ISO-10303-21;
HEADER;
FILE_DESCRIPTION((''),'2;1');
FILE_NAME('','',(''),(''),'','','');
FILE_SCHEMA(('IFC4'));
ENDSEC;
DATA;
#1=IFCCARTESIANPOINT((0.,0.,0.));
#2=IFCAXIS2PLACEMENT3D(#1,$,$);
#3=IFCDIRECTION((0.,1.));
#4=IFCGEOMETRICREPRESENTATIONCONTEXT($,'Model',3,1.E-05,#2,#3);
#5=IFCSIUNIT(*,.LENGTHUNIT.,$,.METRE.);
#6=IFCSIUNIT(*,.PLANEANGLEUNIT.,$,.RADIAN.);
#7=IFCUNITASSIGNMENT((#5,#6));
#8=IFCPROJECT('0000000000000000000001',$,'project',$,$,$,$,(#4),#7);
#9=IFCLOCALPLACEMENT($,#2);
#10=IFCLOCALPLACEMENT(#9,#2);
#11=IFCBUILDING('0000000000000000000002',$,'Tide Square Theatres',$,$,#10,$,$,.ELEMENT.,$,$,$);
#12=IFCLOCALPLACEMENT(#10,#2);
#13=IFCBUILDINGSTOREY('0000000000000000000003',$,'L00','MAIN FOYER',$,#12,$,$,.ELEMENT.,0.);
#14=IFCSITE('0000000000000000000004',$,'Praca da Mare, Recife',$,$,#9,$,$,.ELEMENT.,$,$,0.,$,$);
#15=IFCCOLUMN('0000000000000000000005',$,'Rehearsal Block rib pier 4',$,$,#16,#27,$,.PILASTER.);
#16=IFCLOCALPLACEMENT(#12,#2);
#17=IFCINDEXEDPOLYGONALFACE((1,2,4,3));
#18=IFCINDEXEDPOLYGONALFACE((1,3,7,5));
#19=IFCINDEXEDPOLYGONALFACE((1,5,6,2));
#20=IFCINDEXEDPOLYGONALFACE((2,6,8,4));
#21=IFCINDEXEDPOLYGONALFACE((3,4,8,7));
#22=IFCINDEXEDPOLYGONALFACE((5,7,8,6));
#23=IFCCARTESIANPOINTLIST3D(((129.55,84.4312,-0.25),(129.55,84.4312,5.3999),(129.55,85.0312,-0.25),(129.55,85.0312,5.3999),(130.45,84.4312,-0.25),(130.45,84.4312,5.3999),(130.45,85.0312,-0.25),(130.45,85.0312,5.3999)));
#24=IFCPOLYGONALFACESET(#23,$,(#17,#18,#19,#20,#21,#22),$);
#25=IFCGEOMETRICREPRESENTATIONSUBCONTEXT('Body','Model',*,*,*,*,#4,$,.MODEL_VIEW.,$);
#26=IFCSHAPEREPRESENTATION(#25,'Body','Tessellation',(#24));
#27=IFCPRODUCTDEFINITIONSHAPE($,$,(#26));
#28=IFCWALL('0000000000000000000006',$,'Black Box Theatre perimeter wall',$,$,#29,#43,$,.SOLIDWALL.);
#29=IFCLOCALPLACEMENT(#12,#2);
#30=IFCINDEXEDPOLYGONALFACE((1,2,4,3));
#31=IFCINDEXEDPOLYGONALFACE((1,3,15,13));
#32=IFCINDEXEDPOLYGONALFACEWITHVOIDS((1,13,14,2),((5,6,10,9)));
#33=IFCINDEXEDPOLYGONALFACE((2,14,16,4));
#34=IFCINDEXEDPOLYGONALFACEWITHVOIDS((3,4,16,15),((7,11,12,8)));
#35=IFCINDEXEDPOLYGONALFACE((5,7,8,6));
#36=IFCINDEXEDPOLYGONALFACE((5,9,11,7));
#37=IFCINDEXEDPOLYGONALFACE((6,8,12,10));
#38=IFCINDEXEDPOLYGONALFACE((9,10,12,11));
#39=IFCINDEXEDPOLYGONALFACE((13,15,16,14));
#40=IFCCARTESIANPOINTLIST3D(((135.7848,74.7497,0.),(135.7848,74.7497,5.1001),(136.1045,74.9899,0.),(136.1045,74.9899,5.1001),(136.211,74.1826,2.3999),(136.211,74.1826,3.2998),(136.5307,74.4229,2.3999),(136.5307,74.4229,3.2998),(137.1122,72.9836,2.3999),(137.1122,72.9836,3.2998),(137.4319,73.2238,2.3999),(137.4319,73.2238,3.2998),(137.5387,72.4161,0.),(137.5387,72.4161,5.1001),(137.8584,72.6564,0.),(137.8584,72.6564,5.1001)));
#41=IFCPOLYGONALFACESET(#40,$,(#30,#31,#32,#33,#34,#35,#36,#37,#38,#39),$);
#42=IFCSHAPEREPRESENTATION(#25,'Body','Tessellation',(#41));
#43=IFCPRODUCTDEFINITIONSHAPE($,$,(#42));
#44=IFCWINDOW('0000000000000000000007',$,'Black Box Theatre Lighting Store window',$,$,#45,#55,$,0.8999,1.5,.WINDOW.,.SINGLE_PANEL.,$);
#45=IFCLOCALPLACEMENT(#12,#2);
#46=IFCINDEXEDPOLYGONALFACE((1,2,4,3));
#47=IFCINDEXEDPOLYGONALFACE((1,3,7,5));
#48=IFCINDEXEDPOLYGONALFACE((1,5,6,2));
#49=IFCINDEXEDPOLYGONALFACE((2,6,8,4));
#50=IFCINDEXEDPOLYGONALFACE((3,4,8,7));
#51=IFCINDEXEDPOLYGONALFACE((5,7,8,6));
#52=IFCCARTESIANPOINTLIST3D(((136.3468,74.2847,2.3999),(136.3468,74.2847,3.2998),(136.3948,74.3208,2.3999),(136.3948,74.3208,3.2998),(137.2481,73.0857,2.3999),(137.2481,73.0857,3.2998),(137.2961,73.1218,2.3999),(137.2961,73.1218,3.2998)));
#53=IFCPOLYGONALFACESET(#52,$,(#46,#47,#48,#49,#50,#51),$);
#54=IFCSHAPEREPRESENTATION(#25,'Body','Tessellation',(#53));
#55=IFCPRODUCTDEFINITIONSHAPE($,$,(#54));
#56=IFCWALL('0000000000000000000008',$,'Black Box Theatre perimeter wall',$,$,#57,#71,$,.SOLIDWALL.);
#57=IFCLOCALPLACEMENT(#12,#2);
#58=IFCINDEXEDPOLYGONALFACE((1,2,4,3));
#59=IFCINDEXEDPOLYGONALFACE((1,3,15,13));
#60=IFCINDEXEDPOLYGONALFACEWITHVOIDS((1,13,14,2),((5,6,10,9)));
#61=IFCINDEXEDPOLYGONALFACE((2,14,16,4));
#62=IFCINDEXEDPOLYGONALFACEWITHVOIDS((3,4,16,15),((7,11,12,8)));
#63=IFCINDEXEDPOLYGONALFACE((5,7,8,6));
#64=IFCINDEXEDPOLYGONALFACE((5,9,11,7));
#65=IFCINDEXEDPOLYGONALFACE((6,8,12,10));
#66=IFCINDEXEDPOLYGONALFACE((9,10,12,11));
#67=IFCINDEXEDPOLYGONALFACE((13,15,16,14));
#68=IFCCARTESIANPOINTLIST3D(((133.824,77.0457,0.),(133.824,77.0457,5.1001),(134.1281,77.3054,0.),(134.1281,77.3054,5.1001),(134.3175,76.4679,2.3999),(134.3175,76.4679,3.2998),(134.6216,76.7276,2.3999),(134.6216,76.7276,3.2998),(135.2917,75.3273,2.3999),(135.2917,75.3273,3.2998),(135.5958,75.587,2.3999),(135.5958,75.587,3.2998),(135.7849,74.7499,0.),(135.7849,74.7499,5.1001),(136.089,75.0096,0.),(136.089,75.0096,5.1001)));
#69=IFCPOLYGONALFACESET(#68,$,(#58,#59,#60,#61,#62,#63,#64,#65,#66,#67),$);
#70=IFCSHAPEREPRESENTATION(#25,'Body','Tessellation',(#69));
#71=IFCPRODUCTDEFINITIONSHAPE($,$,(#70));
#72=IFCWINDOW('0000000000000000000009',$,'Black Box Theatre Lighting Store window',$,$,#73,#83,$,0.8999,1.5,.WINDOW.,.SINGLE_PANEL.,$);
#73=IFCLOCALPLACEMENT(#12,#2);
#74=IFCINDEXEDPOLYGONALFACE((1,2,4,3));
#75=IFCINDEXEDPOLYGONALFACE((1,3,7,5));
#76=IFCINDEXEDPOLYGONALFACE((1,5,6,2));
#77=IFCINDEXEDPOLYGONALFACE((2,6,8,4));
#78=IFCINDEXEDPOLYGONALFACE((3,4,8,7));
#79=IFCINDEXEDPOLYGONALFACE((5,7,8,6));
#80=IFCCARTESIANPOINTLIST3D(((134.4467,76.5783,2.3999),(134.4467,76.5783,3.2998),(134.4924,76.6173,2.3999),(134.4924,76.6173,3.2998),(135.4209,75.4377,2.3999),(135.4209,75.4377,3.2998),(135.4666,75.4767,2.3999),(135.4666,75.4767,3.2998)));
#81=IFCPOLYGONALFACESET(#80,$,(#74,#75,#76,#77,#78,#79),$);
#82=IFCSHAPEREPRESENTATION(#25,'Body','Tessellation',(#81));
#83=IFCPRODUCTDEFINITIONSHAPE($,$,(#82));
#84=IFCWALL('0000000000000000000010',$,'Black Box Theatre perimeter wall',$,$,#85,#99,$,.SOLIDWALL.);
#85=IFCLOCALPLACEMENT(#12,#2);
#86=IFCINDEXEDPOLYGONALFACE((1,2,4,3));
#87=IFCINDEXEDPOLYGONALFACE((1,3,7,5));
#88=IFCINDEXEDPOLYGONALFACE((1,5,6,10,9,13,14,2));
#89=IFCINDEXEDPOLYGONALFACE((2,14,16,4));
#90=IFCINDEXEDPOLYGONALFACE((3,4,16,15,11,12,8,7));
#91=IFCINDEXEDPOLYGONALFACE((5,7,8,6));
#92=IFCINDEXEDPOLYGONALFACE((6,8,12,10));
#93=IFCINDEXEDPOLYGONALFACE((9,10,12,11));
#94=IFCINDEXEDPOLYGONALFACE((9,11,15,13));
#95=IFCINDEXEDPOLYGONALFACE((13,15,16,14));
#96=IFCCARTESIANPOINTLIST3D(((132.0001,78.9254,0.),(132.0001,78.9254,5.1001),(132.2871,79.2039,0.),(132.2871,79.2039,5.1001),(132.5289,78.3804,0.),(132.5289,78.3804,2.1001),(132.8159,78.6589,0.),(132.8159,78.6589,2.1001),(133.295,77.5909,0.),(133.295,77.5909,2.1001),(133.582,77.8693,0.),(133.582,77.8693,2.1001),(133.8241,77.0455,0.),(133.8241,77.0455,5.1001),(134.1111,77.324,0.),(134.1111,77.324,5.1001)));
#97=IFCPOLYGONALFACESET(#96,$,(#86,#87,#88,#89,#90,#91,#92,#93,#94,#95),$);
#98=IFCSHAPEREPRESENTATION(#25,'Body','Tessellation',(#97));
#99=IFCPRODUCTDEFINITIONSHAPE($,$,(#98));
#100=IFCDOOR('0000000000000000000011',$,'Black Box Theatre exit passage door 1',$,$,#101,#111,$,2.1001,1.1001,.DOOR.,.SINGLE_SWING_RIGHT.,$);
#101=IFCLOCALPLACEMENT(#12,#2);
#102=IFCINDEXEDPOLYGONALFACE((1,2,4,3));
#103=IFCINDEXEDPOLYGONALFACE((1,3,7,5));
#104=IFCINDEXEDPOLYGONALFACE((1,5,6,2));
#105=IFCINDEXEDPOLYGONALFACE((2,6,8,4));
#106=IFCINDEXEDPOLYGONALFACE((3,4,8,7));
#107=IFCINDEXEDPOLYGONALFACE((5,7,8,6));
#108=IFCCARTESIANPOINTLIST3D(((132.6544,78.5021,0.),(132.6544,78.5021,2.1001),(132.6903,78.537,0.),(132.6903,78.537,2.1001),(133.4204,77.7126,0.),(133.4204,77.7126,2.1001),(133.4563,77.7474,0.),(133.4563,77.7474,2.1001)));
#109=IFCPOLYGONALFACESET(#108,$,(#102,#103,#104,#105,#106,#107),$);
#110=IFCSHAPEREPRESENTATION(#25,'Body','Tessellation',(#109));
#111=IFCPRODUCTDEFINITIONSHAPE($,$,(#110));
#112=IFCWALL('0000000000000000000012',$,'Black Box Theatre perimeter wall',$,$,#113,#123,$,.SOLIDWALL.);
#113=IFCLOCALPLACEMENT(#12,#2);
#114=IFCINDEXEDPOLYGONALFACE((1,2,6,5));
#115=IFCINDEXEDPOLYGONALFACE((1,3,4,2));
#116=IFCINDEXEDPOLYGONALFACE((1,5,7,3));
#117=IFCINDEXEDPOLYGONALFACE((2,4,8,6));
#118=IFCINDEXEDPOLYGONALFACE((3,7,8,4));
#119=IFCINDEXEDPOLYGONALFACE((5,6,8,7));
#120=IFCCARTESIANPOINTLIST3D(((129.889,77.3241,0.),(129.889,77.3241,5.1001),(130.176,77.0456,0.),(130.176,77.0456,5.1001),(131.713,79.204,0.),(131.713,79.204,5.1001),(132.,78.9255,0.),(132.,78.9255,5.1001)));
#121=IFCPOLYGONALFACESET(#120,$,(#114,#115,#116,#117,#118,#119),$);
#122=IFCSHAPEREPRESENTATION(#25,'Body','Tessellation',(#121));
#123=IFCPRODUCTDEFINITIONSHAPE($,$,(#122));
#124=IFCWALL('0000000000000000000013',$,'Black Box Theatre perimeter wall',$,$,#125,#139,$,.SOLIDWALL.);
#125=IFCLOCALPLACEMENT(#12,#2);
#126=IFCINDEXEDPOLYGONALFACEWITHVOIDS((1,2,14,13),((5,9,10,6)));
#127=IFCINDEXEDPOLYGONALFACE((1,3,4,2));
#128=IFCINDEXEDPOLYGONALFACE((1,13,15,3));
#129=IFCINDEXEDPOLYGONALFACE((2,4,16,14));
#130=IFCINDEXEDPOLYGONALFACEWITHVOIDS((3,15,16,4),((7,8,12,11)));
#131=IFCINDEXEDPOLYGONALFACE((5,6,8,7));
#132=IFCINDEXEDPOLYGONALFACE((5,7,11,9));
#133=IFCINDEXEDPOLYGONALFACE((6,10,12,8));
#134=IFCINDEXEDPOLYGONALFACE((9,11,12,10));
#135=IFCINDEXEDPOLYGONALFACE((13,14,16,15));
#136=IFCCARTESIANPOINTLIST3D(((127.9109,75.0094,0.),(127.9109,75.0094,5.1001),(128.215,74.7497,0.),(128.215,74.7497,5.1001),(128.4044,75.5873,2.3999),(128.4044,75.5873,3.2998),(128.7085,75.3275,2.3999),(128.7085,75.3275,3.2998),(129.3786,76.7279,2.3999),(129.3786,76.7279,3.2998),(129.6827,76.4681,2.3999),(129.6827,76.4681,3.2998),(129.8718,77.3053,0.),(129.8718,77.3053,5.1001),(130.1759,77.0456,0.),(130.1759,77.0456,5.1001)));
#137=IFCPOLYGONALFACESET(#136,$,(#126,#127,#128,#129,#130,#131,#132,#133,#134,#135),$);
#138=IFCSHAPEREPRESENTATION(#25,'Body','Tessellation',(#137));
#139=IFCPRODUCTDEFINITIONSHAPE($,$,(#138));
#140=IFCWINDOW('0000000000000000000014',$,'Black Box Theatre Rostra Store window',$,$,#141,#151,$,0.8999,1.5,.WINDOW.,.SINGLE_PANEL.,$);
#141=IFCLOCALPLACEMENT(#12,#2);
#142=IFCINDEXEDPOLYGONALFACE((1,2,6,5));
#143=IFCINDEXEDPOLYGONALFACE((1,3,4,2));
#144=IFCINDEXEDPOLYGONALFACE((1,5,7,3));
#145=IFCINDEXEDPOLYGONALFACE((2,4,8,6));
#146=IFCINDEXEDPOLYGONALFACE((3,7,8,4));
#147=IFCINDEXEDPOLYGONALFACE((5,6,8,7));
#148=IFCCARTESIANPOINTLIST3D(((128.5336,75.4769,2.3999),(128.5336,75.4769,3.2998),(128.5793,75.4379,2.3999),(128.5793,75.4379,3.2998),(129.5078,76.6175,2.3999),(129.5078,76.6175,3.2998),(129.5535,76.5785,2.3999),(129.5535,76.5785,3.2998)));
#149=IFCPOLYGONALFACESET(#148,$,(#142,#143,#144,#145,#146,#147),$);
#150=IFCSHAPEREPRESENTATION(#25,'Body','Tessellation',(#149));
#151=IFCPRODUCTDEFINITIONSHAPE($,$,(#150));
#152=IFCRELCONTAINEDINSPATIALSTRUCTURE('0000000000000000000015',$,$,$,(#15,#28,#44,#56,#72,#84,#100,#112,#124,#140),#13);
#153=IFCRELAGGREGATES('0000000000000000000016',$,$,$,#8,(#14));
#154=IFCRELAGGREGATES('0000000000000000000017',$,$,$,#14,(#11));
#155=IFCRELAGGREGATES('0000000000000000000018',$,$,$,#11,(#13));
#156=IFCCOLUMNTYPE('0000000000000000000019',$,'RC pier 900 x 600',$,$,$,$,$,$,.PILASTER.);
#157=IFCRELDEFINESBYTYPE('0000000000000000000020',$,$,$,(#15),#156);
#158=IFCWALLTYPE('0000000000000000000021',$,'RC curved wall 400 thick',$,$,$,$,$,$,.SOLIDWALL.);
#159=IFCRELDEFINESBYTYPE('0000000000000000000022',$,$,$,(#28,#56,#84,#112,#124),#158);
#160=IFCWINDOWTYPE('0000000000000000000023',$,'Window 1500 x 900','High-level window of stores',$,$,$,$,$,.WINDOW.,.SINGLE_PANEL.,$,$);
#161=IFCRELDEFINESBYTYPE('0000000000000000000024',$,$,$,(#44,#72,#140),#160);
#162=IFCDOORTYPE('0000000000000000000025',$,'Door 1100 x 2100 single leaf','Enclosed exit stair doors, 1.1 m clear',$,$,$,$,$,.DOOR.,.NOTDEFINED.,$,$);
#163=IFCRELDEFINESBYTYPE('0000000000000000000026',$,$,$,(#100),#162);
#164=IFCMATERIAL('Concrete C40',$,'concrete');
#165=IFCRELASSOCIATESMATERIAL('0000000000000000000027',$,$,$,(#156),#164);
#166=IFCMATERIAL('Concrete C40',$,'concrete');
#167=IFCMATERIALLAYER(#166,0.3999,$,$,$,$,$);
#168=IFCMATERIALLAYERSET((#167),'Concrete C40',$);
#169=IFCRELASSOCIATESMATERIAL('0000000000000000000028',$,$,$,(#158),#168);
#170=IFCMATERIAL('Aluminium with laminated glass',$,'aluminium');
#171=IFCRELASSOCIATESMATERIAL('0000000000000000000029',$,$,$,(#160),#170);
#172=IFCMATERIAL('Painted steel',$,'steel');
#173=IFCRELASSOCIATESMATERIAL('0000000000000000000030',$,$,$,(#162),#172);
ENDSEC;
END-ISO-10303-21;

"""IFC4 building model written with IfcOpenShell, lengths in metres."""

from ifc_helpers import new_model, si_unit, direction, frame, frame_2d, origin, origin_2d, place, context, subcontext, project, spatial, rectangle, extrude, material, layer, layer_set, material_profile, profile_set, type_object, element, fill, save


model = new_model("IFC4")

# Units and contexts
model_context = context("Model", 3, precision=1e-05, world=origin(), true_north=direction((0.0, 1.0)))
body_context = subcontext(model_context, "Body", "Model", "MODEL_VIEW")
ifc_project = project(units=[si_unit("LENGTHUNIT", "METRE"), si_unit("PLANEANGLEUNIT", "RADIAN")], contexts=[model_context])

# Site, building, storey
site_placement = place(None, origin())
site = spatial("IfcSite", under=ifc_project, at=site_placement, Name="Praca da Mare, Recife", CompositionType="ELEMENT", RefElevation=0.0)
building_placement = place(site_placement, origin())
building = spatial("IfcBuilding", under=site, at=building_placement, Name="Tide Square Theatres", CompositionType="ELEMENT")
storey_placement = place(building_placement, origin())
storey = spatial("IfcBuildingStorey", under=building, at=storey_placement, Name="L00", Description="MAIN FOYER", CompositionType="ELEMENT", Elevation=0.0)

# Column
ifc_material_1 = material(Name="Concrete C40", Category="concrete")
ifc_material_profile_1 = material_profile(ifc_material_1, rectangle(XDim=0.8999, YDim=0.6001, at=origin_2d()))
ifc_profile_set_1 = profile_set([ifc_material_profile_1], Name="Concrete C40")
column_type_1 = type_object("IfcColumnType", Name="RC pier 900 x 600", PredefinedType="PILASTER", material=ifc_profile_set_1)
column_1_placement = place(storey_placement, frame((130.0, 84.7312, -0.25), z_axis=(0.0, 0.0, 1.0), x_axis=(1.0, 0.0, 0.0)))
element("IfcColumn", 1, at=column_1_placement, inside=storey, type_object=column_type_1, Name="Rehearsal Block rib pier 4", PredefinedType="PILASTER", context=body_context, shape_type="SweptSolid", body=[
    extrude(rectangle(XDim=0.8999, YDim=0.6001, at=origin_2d()), origin(), (0.0, 0.0, 1.0), 5.6499),
])

# Walls, openings, windows
ifc_material_2 = material(Name="Concrete C40", Category="concrete")
ifc_layer = layer(ifc_material_2, 0.3999)
ifc_layer_set = layer_set([ifc_layer], Name="Concrete C40")
wall_type = type_object("IfcWallType", Name="RC curved wall 400 thick", PredefinedType="SOLIDWALL", material=ifc_layer_set)
wall_1_placement = place(storey_placement, frame((137.6985, 72.5364, 0.0), z_axis=(0.0, 0.0, 1.0), x_axis=(-0.600829, 0.799377, 0.0)))
wall_1 = element("IfcWall", 2, at=wall_1_placement, inside=storey, type_object=wall_type, Name="Black Box Theatre perimeter wall", PredefinedType="SOLIDWALL", context=body_context, shape_type="SweptSolid", body=[
    extrude(rectangle(XDim=2.9192, YDim=0.3999, at=frame_2d((1.4595, 0.0))), origin(), (0.0, 0.0, 1.0), 5.1001),
])
opening_1_placement = place(wall_1_placement, frame((0.7097, 0.0, 2.3999)))
opening_1 = element("IfcOpeningElement", 3, at=opening_1_placement, cuts=wall_1, PredefinedType="OPENING", context=body_context, shape_type="SweptSolid", body=[
    extrude(rectangle(XDim=1.5, YDim=0.8999, at=frame_2d((0.75, 0.45))), frame((0.0, 0.21, 0.0), z_axis=(0.0, -1.0, 0.0), x_axis=(1.0, 0.0, 0.0)), (0.0, 0.0, 1.0), 0.4199),
])
ifc_material_3 = material(Name="Aluminium with laminated glass", Category="aluminium")
window_type_1 = type_object("IfcWindowType", Name="Window 1500 x 900", Description="High-level window of stores", PartitioningType="SINGLE_PANEL", PredefinedType="WINDOW", material=ifc_material_3)
window_1_placement = place(opening_1_placement, origin())
window_1 = element("IfcWindow", 4, at=window_1_placement, inside=storey, type_object=window_type_1, Name="Black Box Theatre Lighting Store window", OverallHeight=0.8999, OverallWidth=1.5, PartitioningType="SINGLE_PANEL", PredefinedType="WINDOW", context=body_context, shape_type="SweptSolid", body=[
    extrude(rectangle(XDim=1.5, YDim=0.8999, at=frame_2d((0.75, 0.45))), frame((0.0, 0.03, 0.0), z_axis=(0.0, -1.0, 0.0), x_axis=(1.0, 0.0, 0.0)), (0.0, 0.0, 1.0), 0.0601),
])
fill(opening_1, window_1)
wall_2_placement = place(storey_placement, frame((135.937, 74.8796, 0.0), z_axis=(0.0, 0.0, 1.0), x_axis=(-0.649459, 0.760397, 0.0)))
wall_2 = element("IfcWall", 5, at=wall_2_placement, inside=storey, type_object=wall_type, Name="Black Box Theatre perimeter wall", PredefinedType="SOLIDWALL", context=body_context, shape_type="SweptSolid", body=[
    extrude(rectangle(XDim=3.0193, YDim=0.3999, at=frame_2d((1.5098, 0.0))), origin(), (0.0, 0.0, 1.0), 5.1001),
])
opening_2_placement = place(wall_2_placement, frame((0.7595, 0.0, 2.3999)))
opening_2 = element("IfcOpeningElement", 6, at=opening_2_placement, cuts=wall_2, PredefinedType="OPENING", context=body_context, shape_type="SweptSolid", body=[
    extrude(rectangle(XDim=1.5, YDim=0.8999, at=frame_2d((0.75, 0.45))), frame((0.0, 0.21, 0.0), z_axis=(0.0, -1.0, 0.0), x_axis=(1.0, 0.0, 0.0)), (0.0, 0.0, 1.0), 0.4199),
])
window_2_placement = place(opening_2_placement, origin())
window_2 = element("IfcWindow", 7, at=window_2_placement, inside=storey, type_object=window_type_1, Name="Black Box Theatre Lighting Store window", OverallHeight=0.8999, OverallWidth=1.5, PartitioningType="SINGLE_PANEL", PredefinedType="WINDOW", context=body_context, shape_type="SweptSolid", body=[
    extrude(rectangle(XDim=1.5, YDim=0.8999, at=frame_2d((0.75, 0.45))), frame((0.0, 0.03, 0.0), z_axis=(0.0, -1.0, 0.0), x_axis=(1.0, 0.0, 0.0)), (0.0, 0.0, 1.0), 0.0601),
])
fill(opening_2, window_2)

# Wall, opening, door
wall_3_placement = place(storey_placement, frame((133.9675, 77.1848, 0.0), z_axis=(0.0, 0.0, 1.0), x_axis=(-0.696354, 0.717699, 0.0)))
wall_3 = element("IfcWall", 8, at=wall_3_placement, inside=storey, type_object=wall_type, Name="Black Box Theatre perimeter wall", PredefinedType="SOLIDWALL", context=body_context, shape_type="SweptSolid", body=[
    extrude(rectangle(XDim=2.6194, YDim=0.3999, at=frame_2d((1.3096, 0.0))), origin(), (0.0, 0.0, 1.0), 5.1001),
])
opening_3_placement = place(wall_3_placement, frame((0.7598, 0.0, 0.0)))
opening_3 = element("IfcOpeningElement", 9, at=opening_3_placement, cuts=wall_3, PredefinedType="OPENING", context=body_context, shape_type="SweptSolid", body=[
    extrude(rectangle(XDim=1.1001, YDim=2.1001, at=frame_2d((0.55, 1.05))), frame((0.0, 0.21, 0.0), z_axis=(0.0, -1.0, 0.0), x_axis=(1.0, 0.0, 0.0)), (0.0, 0.0, 1.0), 0.4199),
])
ifc_material_4 = material(Name="Painted steel", Category="steel")
door_type = type_object("IfcDoorType", Name="Door 1100 x 2100 single leaf", Description="Enclosed exit stair doors, 1.1 m clear", OperationType="NOTDEFINED", PredefinedType="DOOR", material=ifc_material_4)
door_placement = place(opening_3_placement, frame((1.1001, 0.0, 0.0), z_axis=(0.0, 0.0, 1.0), x_axis=(-1.0, 0.0, 0.0)))
door = element("IfcDoor", 10, at=door_placement, inside=storey, type_object=door_type, Name="Black Box Theatre exit passage door 1", OperationType="SINGLE_SWING_RIGHT", OverallHeight=2.1001, OverallWidth=1.1001, PredefinedType="DOOR", context=body_context, shape_type="SweptSolid", body=[
    extrude(rectangle(XDim=1.1001, YDim=2.1001, at=frame_2d((0.55, 1.05))), frame((0.0, 0.0249, 0.0), z_axis=(0.0, -1.0, 0.0), x_axis=(1.0, 0.0, 0.0)), (0.0, 0.0, 1.0), 0.05),
])
fill(opening_3, door)

# Wall
wall_4_placement = place(storey_placement, frame((131.8564, 79.0647, 0.0), z_axis=(0.0, 0.0, 1.0), x_axis=(-0.696354, -0.717699, 0.0)))
element("IfcWall", 11, at=wall_4_placement, inside=storey, type_object=wall_type, Name="Black Box Theatre perimeter wall", PredefinedType="SOLIDWALL", context=body_context, shape_type="SweptSolid", body=[
    extrude(rectangle(XDim=2.6194, YDim=0.3999, at=frame_2d((1.3096, 0.0))), origin(), (0.0, 0.0, 1.0), 5.1001),
])

# Wall, opening, window
wall_5_placement = place(storey_placement, frame((130.0239, 77.1755, 0.0), z_axis=(0.0, 0.0, 1.0), x_axis=(-0.649459, -0.760397, 0.0)))
wall_5 = element("IfcWall", 12, at=wall_5_placement, inside=storey, type_object=wall_type, Name="Black Box Theatre perimeter wall", PredefinedType="SOLIDWALL", context=body_context, shape_type="SweptSolid", body=[
    extrude(rectangle(XDim=3.0193, YDim=0.3999, at=frame_2d((1.5098, 0.0))), origin(), (0.0, 0.0, 1.0), 5.1001),
])
opening_4_placement = place(wall_5_placement, frame((0.7595, 0.0, 2.3999)))
opening_4 = element("IfcOpeningElement", 13, at=opening_4_placement, cuts=wall_5, PredefinedType="OPENING", context=body_context, shape_type="SweptSolid", body=[
    extrude(rectangle(XDim=1.5, YDim=0.8999, at=frame_2d((0.75, 0.45))), frame((0.0, 0.21, 0.0), z_axis=(0.0, -1.0, 0.0), x_axis=(1.0, 0.0, 0.0)), (0.0, 0.0, 1.0), 0.4199),
])
window_3_placement = place(opening_4_placement, origin())
window_3 = element("IfcWindow", 14, at=window_3_placement, inside=storey, type_object=window_type_1, Name="Black Box Theatre Rostra Store window", OverallHeight=0.8999, OverallWidth=1.5, PartitioningType="SINGLE_PANEL", PredefinedType="WINDOW", context=body_context, shape_type="SweptSolid", body=[
    extrude(rectangle(XDim=1.5, YDim=0.8999, at=frame_2d((0.75, 0.45))), frame((0.0, 0.03, 0.0), z_axis=(0.0, -1.0, 0.0), x_axis=(1.0, 0.0, 0.0)), (0.0, 0.0, 1.0), 0.0601),
])
fill(opening_4, window_3)

save(model, "model.ifc")
